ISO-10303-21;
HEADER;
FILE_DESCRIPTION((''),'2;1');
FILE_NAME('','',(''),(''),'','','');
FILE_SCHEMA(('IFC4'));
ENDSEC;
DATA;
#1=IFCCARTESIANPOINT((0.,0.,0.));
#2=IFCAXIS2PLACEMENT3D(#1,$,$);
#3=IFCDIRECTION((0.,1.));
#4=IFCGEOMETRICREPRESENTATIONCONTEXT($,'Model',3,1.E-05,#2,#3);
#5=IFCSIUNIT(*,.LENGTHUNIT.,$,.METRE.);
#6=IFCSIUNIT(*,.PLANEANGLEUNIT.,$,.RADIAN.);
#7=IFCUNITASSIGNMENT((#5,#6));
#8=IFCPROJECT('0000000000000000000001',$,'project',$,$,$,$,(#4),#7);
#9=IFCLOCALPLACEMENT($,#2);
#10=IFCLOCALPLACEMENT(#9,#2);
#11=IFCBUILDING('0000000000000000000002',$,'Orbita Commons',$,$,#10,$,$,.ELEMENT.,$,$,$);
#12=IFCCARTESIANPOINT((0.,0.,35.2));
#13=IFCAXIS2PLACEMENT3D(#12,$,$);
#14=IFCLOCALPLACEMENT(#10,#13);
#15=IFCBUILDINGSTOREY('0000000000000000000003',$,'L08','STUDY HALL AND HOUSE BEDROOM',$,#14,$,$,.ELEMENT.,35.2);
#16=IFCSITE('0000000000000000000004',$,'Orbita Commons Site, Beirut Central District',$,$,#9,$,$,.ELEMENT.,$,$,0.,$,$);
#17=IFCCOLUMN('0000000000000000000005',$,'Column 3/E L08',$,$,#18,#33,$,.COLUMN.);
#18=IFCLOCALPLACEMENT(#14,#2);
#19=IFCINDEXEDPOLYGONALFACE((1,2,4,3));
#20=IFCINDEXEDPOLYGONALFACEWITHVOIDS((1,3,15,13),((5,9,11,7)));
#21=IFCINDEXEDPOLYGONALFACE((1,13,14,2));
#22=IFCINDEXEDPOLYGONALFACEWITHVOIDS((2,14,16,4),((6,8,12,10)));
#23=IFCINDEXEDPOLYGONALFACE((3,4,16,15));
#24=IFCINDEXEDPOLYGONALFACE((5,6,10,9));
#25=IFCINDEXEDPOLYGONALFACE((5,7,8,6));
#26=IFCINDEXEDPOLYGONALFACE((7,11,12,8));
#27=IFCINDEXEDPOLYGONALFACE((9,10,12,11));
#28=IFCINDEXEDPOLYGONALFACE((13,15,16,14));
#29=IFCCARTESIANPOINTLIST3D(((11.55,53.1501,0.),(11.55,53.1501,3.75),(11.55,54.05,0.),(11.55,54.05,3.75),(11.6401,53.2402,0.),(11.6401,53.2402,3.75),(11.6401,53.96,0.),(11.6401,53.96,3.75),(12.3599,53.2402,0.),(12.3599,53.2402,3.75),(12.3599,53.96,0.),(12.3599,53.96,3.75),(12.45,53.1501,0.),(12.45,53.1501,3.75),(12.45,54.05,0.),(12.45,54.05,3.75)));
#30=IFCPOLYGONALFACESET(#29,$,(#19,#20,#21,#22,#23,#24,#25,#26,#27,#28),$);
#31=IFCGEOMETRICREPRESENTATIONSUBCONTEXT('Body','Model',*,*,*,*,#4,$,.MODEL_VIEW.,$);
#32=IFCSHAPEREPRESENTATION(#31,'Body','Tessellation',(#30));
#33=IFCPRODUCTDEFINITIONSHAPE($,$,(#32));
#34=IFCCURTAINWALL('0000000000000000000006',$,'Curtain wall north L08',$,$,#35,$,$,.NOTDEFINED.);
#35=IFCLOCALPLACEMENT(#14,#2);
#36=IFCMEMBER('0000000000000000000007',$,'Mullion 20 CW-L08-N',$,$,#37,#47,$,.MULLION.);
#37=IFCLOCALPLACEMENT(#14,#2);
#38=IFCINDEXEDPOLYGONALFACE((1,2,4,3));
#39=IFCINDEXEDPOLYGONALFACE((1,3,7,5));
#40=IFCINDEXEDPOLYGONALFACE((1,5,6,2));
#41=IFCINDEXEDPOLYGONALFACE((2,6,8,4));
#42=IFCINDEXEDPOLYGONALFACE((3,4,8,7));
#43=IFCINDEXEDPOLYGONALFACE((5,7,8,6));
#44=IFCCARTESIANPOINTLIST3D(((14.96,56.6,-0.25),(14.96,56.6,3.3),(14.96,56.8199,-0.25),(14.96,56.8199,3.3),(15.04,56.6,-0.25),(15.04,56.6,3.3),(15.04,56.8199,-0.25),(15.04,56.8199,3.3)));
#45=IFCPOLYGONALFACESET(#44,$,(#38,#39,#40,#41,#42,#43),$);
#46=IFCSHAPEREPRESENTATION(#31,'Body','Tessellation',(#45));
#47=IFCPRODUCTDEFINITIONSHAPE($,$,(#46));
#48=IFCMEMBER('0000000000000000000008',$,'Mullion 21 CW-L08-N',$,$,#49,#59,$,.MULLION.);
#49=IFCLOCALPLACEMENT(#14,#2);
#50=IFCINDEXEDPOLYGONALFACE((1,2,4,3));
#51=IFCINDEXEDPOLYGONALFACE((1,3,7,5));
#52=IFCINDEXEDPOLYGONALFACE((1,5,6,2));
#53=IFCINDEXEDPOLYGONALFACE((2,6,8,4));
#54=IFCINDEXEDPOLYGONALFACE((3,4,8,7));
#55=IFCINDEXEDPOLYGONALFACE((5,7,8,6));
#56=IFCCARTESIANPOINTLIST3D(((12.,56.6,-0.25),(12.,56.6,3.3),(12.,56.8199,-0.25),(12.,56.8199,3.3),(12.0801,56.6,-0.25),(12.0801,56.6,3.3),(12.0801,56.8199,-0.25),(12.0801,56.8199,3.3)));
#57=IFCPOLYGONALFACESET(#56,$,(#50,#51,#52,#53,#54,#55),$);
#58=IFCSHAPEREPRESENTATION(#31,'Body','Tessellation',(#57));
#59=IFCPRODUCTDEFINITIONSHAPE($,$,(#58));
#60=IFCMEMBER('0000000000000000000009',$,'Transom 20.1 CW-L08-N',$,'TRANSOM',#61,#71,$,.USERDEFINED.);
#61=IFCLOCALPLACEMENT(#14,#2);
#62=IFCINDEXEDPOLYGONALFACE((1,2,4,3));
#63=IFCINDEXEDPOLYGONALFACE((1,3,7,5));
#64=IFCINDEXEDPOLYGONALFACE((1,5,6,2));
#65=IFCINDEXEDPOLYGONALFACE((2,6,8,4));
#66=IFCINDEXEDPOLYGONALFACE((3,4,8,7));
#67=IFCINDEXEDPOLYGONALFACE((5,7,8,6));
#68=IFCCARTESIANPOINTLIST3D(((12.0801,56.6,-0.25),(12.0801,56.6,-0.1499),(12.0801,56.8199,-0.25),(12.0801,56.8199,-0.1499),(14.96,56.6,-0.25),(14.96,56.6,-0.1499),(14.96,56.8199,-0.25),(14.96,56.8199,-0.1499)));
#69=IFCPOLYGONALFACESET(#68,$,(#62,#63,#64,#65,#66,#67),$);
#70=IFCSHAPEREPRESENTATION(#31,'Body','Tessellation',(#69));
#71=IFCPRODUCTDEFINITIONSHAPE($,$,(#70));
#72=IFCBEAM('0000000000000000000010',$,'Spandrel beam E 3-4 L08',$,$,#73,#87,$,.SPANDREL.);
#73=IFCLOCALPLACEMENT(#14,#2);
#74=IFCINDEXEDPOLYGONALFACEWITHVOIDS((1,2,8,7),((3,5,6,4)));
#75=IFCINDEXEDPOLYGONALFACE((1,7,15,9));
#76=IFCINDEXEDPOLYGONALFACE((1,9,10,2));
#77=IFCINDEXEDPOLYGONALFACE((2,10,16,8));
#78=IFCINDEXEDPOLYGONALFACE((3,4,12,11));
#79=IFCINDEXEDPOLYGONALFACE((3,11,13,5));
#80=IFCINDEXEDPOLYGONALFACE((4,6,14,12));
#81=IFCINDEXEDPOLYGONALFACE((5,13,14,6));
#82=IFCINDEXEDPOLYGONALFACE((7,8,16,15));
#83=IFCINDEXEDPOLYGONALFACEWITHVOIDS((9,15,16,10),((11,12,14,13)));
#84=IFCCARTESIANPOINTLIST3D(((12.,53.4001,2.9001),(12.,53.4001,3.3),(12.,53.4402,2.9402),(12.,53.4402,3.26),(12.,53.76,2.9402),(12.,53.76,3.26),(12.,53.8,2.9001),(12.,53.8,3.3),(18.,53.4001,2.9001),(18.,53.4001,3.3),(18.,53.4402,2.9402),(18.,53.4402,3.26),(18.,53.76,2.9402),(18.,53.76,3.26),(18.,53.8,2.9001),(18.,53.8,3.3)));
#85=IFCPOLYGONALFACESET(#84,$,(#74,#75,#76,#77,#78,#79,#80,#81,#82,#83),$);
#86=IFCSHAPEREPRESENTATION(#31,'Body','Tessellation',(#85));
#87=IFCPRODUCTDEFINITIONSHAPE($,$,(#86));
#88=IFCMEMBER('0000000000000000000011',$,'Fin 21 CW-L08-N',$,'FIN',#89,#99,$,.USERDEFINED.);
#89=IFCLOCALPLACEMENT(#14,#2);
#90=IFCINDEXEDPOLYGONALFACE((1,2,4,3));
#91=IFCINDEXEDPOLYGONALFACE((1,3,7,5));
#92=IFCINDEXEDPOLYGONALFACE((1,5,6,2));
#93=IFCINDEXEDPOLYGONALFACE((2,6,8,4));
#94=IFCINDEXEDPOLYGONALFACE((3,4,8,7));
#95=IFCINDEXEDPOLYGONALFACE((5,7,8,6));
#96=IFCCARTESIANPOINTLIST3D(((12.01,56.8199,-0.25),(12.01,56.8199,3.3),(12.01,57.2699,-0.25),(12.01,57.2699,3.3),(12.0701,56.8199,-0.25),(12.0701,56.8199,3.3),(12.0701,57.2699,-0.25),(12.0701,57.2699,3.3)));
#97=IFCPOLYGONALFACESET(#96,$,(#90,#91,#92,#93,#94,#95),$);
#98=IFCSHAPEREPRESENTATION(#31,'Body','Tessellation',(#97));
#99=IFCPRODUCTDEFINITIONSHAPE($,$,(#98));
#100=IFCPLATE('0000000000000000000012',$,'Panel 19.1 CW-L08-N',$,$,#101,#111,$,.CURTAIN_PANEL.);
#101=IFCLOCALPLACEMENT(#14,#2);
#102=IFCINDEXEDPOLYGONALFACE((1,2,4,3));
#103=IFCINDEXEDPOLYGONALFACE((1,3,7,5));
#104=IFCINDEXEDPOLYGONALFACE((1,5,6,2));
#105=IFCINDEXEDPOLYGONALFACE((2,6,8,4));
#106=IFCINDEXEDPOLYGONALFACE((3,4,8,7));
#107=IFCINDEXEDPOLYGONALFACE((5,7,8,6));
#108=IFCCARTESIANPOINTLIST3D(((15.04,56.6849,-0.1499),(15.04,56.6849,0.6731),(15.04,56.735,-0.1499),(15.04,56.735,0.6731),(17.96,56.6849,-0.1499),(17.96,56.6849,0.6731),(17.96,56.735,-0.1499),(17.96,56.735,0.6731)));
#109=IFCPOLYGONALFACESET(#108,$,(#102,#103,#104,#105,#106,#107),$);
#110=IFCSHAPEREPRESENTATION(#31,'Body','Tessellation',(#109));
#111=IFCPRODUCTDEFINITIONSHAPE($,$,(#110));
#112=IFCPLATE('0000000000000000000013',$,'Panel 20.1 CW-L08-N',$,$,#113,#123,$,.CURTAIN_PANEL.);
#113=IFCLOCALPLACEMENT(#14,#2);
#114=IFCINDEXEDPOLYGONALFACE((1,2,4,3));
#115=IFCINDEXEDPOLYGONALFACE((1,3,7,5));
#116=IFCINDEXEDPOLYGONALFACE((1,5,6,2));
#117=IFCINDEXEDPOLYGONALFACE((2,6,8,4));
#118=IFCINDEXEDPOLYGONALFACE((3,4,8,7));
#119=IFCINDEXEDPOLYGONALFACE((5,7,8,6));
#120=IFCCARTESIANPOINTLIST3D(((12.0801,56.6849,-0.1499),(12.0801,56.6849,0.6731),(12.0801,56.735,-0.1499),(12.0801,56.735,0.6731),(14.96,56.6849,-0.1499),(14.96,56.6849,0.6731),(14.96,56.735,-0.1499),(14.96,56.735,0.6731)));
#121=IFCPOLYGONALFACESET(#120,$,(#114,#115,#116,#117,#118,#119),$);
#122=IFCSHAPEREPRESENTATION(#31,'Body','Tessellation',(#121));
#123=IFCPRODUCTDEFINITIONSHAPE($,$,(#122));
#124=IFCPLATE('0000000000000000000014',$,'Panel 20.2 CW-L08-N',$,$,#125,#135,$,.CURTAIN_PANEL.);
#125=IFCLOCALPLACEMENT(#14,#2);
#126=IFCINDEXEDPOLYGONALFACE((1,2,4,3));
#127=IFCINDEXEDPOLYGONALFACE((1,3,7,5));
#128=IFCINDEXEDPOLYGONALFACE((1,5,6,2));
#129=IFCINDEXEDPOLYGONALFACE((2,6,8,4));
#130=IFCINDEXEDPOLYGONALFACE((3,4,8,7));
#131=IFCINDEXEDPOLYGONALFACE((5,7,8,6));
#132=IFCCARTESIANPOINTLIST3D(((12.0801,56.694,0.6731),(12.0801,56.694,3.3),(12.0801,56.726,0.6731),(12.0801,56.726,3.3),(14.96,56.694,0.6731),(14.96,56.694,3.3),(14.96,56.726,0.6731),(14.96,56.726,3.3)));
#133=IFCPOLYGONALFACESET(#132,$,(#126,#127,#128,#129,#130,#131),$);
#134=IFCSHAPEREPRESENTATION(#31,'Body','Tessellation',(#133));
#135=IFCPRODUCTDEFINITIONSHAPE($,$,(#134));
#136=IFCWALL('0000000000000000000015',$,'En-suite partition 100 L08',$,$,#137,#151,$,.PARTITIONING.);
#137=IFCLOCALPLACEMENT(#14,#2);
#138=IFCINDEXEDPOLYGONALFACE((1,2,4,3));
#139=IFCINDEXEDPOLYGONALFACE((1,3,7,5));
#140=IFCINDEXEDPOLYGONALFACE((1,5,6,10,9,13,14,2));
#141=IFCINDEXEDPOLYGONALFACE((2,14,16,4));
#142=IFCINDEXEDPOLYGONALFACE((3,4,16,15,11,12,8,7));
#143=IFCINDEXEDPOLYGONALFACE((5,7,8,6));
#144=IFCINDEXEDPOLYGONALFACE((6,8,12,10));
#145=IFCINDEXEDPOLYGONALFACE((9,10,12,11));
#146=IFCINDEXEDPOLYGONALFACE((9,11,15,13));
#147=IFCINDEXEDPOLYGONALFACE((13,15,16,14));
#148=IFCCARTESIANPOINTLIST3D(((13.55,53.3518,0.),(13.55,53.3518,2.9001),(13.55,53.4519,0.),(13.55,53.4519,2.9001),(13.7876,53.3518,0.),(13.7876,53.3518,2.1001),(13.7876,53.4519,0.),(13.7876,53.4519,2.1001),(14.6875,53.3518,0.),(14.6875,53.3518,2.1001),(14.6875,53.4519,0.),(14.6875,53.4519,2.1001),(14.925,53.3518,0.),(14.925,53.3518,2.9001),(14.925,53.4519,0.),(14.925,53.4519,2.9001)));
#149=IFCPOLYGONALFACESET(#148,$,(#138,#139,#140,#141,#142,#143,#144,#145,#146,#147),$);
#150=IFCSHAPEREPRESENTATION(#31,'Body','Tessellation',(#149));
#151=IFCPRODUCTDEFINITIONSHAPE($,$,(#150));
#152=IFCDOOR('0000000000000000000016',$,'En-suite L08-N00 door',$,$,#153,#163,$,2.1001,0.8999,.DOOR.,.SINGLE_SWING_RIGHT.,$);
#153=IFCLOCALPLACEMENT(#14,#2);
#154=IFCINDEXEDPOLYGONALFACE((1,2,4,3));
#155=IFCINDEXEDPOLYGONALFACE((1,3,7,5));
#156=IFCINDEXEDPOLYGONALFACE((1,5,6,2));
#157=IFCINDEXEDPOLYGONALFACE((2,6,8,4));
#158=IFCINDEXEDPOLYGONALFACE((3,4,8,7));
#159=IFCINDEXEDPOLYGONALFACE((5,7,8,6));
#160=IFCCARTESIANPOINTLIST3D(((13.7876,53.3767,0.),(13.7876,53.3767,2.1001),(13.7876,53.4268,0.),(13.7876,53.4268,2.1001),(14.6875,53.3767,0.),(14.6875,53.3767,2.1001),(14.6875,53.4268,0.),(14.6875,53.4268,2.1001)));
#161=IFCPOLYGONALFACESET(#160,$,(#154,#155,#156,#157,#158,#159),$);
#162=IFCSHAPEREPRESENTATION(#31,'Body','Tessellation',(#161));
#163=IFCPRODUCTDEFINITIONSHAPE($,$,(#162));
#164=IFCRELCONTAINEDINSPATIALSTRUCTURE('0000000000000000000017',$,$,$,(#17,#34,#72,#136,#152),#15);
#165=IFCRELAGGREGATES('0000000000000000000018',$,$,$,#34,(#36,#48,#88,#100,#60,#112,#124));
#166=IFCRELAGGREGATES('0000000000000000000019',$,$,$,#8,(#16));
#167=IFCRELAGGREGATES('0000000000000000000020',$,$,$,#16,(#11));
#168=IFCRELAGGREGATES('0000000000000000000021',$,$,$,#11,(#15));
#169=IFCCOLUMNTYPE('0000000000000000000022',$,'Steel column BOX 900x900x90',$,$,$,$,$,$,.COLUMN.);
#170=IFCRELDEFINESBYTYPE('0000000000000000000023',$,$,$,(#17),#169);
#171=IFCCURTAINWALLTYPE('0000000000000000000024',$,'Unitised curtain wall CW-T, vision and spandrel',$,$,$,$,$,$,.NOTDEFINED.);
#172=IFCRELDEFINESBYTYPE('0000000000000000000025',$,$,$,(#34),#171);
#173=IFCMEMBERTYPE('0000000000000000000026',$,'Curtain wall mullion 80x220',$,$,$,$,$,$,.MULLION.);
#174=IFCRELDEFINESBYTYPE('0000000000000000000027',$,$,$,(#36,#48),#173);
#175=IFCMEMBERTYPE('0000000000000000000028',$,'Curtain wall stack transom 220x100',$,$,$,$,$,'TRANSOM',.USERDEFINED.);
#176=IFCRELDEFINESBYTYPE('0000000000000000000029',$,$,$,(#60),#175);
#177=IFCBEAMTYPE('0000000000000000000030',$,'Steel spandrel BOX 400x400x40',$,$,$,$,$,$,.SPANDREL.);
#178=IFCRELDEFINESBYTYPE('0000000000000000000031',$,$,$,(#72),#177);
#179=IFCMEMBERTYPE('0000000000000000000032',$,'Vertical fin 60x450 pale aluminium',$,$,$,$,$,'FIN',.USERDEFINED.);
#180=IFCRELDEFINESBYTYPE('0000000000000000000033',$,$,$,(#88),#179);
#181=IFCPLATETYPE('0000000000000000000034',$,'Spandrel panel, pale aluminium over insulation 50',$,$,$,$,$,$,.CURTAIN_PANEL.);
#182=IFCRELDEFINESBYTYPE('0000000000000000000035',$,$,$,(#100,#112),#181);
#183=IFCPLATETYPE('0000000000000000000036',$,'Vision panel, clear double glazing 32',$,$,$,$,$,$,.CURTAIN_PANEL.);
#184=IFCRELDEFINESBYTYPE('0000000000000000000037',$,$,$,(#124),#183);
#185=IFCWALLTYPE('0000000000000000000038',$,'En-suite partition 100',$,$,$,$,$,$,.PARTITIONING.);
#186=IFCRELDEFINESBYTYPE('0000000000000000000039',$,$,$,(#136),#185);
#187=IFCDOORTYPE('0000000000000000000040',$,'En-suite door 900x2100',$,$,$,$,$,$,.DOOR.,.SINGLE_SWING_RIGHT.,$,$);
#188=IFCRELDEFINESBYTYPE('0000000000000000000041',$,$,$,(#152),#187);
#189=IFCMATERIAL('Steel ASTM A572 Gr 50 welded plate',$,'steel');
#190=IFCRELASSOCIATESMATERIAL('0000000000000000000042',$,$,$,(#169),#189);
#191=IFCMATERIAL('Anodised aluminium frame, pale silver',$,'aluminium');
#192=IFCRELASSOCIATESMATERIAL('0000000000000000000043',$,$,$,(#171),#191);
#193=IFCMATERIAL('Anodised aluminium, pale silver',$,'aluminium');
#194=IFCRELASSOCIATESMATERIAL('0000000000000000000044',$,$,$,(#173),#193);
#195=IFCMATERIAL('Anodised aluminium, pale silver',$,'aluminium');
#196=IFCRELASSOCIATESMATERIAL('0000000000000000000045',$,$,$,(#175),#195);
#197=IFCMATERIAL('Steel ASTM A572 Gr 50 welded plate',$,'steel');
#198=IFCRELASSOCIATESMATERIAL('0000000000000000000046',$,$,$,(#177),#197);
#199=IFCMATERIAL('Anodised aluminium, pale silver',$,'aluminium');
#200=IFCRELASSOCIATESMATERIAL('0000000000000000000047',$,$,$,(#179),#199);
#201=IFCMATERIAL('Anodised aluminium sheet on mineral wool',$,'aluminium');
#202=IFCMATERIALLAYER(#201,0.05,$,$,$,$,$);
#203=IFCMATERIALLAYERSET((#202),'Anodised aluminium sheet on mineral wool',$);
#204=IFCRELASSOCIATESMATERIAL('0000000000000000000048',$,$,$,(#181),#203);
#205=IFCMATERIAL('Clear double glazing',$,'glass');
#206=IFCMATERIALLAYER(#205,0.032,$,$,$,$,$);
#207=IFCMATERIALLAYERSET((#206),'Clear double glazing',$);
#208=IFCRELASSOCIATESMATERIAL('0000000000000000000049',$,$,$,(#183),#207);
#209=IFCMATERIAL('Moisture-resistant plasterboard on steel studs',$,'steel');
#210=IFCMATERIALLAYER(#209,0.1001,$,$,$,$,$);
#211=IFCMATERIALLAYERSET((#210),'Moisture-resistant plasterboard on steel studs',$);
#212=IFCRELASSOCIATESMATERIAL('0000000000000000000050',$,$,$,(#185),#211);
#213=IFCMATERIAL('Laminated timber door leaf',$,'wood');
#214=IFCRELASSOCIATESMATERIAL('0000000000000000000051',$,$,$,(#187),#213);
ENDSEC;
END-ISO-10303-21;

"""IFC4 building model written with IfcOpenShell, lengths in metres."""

from ifc_helpers import new_model, si_unit, direction, frame, frame_2d, origin, origin_2d, place, context, subcontext, project, spatial, polyline, rectangle, hollow_rectangle, outline, extrude, material, layer, layer_set, material_profile, profile_set, type_object, element, fill, aggregate, save


model = new_model("IFC4")

# Units and contexts
model_context = context("Model", 3, precision=1e-05, world=origin(), true_north=direction((0.0, 1.0)))
body_context = subcontext(model_context, "Body", "Model", "MODEL_VIEW")
ifc_project = project(units=[si_unit("LENGTHUNIT", "METRE"), si_unit("PLANEANGLEUNIT", "RADIAN")], contexts=[model_context])

# Site, building, storey
site_placement = place(None, origin())
site = spatial("IfcSite", under=ifc_project, at=site_placement, Name="Orbita Commons Site, Beirut Central District", CompositionType="ELEMENT", RefElevation=0.0)
building_placement = place(site_placement, origin())
building = spatial("IfcBuilding", under=site, at=building_placement, Name="Orbita Commons", CompositionType="ELEMENT")
storey_placement = place(building_placement, frame((0.0, 0.0, 35.2)))
storey = spatial("IfcBuildingStorey", under=building, at=storey_placement, Name="L08", Description="STUDY HALL AND HOUSE BEDROOM", CompositionType="ELEMENT", Elevation=35.2)

# Column
ifc_material_1 = material(Name="Steel ASTM A572 Gr 50 welded plate", Category="steel")
ifc_material_profile_1 = material_profile(ifc_material_1, hollow_rectangle(XDim=0.8999, YDim=0.8999, WallThickness=0.0901, at=origin_2d()), Name="BOX 900x900x90")
ifc_profile_set_1 = profile_set([ifc_material_profile_1], Name="Steel ASTM A572 Gr 50 welded plate")
column_type = type_object("IfcColumnType", Name="Steel column BOX 900x900x90", PredefinedType="COLUMN", material=ifc_profile_set_1)
column_placement = place(storey_placement, frame((12.0, 53.6001, 0.0), z_axis=(0.0, 0.0, 1.0), x_axis=(1.0, 0.0, 0.0)))
element("IfcColumn", 1, at=column_placement, inside=storey, type_object=column_type, Name="Column 3/E L08", PredefinedType="COLUMN", context=body_context, shape_type="SweptSolid", body=[
    extrude(hollow_rectangle(XDim=0.8999, YDim=0.8999, WallThickness=0.0901, at=origin_2d()), origin(), (0.0, 0.0, 1.0), 3.75),
])

# Curtain wall, members
ifc_material_2 = material(Name="Anodised aluminium frame, pale silver", Category="aluminium")
curtain_wall_type = type_object("IfcCurtainWallType", Name="Unitised curtain wall CW-T, vision and spandrel", PredefinedType="NOTDEFINED", material=ifc_material_2)
curtain_wall_placement = place(storey_placement, origin())
curtain_wall = element("IfcCurtainWall", 2, at=curtain_wall_placement, inside=storey, type_object=curtain_wall_type, Name="Curtain wall north L08", PredefinedType="NOTDEFINED")
ifc_material_3 = material(Name="Anodised aluminium, pale silver", Category="aluminium")
ifc_material_profile_2 = material_profile(ifc_material_3, rectangle(XDim=0.0801, YDim=0.22, at=origin_2d()), Name="AL 80x220")
ifc_profile_set_2 = profile_set([ifc_material_profile_2], Name="Anodised aluminium, pale silver")
member_type_1 = type_object("IfcMemberType", Name="Curtain wall mullion 80x220", PredefinedType="MULLION", material=ifc_profile_set_2)
member_1_placement = place(storey_placement, frame((15.0, 56.71, -0.25), z_axis=(0.0, 0.0, 1.0), x_axis=(-1.0, 0.0, 0.0)))
member_1 = element("IfcMember", 3, at=member_1_placement, type_object=member_type_1, Name="Mullion 20 CW-L08-N", PredefinedType="MULLION", context=body_context, shape_type="SweptSolid", body=[
    extrude(rectangle(XDim=0.0801, YDim=0.22, at=origin_2d()), origin(), (0.0, 0.0, 1.0), 3.55),
])
member_2_placement = place(storey_placement, frame((12.04, 56.71, -0.25), z_axis=(0.0, 0.0, 1.0), x_axis=(-1.0, 0.0, 0.0)))
member_2 = element("IfcMember", 4, at=member_2_placement, type_object=member_type_1, Name="Mullion 21 CW-L08-N", PredefinedType="MULLION", context=body_context, shape_type="SweptSolid", body=[
    extrude(rectangle(XDim=0.0801, YDim=0.22, at=origin_2d()), origin(), (0.0, 0.0, 1.0), 3.55),
])
ifc_material_4 = material(Name="Anodised aluminium, pale silver", Category="aluminium")
ifc_material_profile_3 = material_profile(ifc_material_4, rectangle(XDim=0.22, YDim=0.1001, at=origin_2d()), Name="AL 220x100")
ifc_profile_set_3 = profile_set([ifc_material_profile_3], Name="Anodised aluminium, pale silver")
member_type_2 = type_object("IfcMemberType", Name="Curtain wall stack transom 220x100", ElementType="TRANSOM", PredefinedType="USERDEFINED", material=ifc_profile_set_3)
member_3_placement = place(storey_placement, frame((14.96, 56.71, -0.2), z_axis=(-1.0, 0.0, 0.0), x_axis=(0.0, -1.0, 0.0)))
member_3 = element("IfcMember", 5, at=member_3_placement, type_object=member_type_2, Name="Transom 20.1 CW-L08-N", ObjectType="TRANSOM", PredefinedType="USERDEFINED", context=body_context, shape_type="SweptSolid", body=[
    extrude(rectangle(XDim=0.22, YDim=0.1001, at=origin_2d()), origin(), (0.0, 0.0, 1.0), 2.8799),
])

# Beam
ifc_material_5 = material(Name="Steel ASTM A572 Gr 50 welded plate", Category="steel")
ifc_material_profile_4 = material_profile(ifc_material_5, hollow_rectangle(XDim=0.3999, YDim=0.3999, WallThickness=0.04, at=origin_2d()), Name="BOX 400x400x40")
ifc_profile_set_4 = profile_set([ifc_material_profile_4], Name="Steel ASTM A572 Gr 50 welded plate")
beam_type = type_object("IfcBeamType", Name="Steel spandrel BOX 400x400x40", PredefinedType="SPANDREL", material=ifc_profile_set_4)
beam_placement = place(storey_placement, frame((12.0, 53.6001, 3.1001), z_axis=(1.0, 0.0, 0.0), x_axis=(0.0, 1.0, 0.0)))
element("IfcBeam", 6, at=beam_placement, inside=storey, type_object=beam_type, Name="Spandrel beam E 3-4 L08", PredefinedType="SPANDREL", context=body_context, shape_type="SweptSolid", body=[
    extrude(hollow_rectangle(XDim=0.3999, YDim=0.3999, WallThickness=0.04, at=origin_2d()), origin(), (0.0, 0.0, 1.0), 6.0),
])

# Member
ifc_material_6 = material(Name="Anodised aluminium, pale silver", Category="aluminium")
ifc_material_profile_5 = material_profile(ifc_material_6, rectangle(XDim=0.0601, YDim=0.45, at=origin_2d()), Name="FIN 60x450")
ifc_profile_set_5 = profile_set([ifc_material_profile_5], Name="Anodised aluminium, pale silver")
member_type_3 = type_object("IfcMemberType", Name="Vertical fin 60x450 pale aluminium", ElementType="FIN", PredefinedType="USERDEFINED", material=ifc_profile_set_5)
member_4_placement = place(storey_placement, frame((12.04, 57.0449, -0.25), z_axis=(0.0, 0.0, 1.0), x_axis=(-1.0, 0.0, 0.0)))
member_4 = element("IfcMember", 7, at=member_4_placement, type_object=member_type_3, Name="Fin 21 CW-L08-N", ObjectType="FIN", PredefinedType="USERDEFINED", context=body_context, shape_type="SweptSolid", body=[
    extrude(rectangle(XDim=0.0601, YDim=0.45, at=origin_2d()), origin(), (0.0, 0.0, 1.0), 3.55),
])

# Plates
ifc_material_7 = material(Name="Anodised aluminium sheet on mineral wool", Category="aluminium")
ifc_layer_1 = layer(ifc_material_7, 0.05)
ifc_layer_set_1 = layer_set([ifc_layer_1], Name="Anodised aluminium sheet on mineral wool")
plate_type_1 = type_object("IfcPlateType", Name="Spandrel panel, pale aluminium over insulation 50", PredefinedType="CURTAIN_PANEL", material=ifc_layer_set_1)
plate_1_placement = place(storey_placement, frame((16.5, 56.71, -0.1499), z_axis=(0.0, 0.0, 1.0), x_axis=(-1.0, 0.0, 0.0)))
plate_1 = element("IfcPlate", 8, at=plate_1_placement, type_object=plate_type_1, Name="Panel 19.1 CW-L08-N", PredefinedType="CURTAIN_PANEL", context=body_context, shape_type="SweptSolid", body=[
    extrude(rectangle(XDim=2.9199, YDim=0.05, at=origin_2d()), origin(), (0.0, 0.0, 1.0), 0.823),
])
plate_2_placement = place(storey_placement, frame((13.52, 56.71, -0.1499), z_axis=(0.0, 0.0, 1.0), x_axis=(-1.0, 0.0, 0.0)))
plate_2 = element("IfcPlate", 9, at=plate_2_placement, type_object=plate_type_1, Name="Panel 20.1 CW-L08-N", PredefinedType="CURTAIN_PANEL", context=body_context, shape_type="SweptSolid", body=[
    extrude(rectangle(XDim=2.8799, YDim=0.05, at=origin_2d()), origin(), (0.0, 0.0, 1.0), 0.823),
])
ifc_material_8 = material(Name="Clear double glazing", Category="glass")
ifc_layer_2 = layer(ifc_material_8, 0.032)
ifc_layer_set_2 = layer_set([ifc_layer_2], Name="Clear double glazing")
plate_type_2 = type_object("IfcPlateType", Name="Vision panel, clear double glazing 32", PredefinedType="CURTAIN_PANEL", material=ifc_layer_set_2)
plate_3_placement = place(storey_placement, frame((13.52, 56.71, 0.6731), z_axis=(0.0, 0.0, 1.0), x_axis=(-1.0, 0.0, 0.0)))
plate_3 = element("IfcPlate", 10, at=plate_3_placement, type_object=plate_type_2, Name="Panel 20.2 CW-L08-N", PredefinedType="CURTAIN_PANEL", context=body_context, shape_type="SweptSolid", body=[
    extrude(rectangle(XDim=2.8799, YDim=0.032, at=origin_2d()), origin(), (0.0, 0.0, 1.0), 2.627),
])
aggregate(curtain_wall, [member_1, member_2, member_4, plate_1, member_3, plate_2, plate_3])

# Wall, opening, door
ifc_material_9 = material(Name="Moisture-resistant plasterboard on steel studs", Category="steel")
ifc_layer_3 = layer(ifc_material_9, 0.1001)
ifc_layer_set_3 = layer_set([ifc_layer_3], Name="Moisture-resistant plasterboard on steel studs")
wall_type_1 = type_object("IfcWallType", Name="En-suite partition 100", PredefinedType="PARTITIONING", material=ifc_layer_set_3)
wall_1_placement = place(storey_placement, frame((13.55, 53.4019, 0.0), z_axis=(0.0, 0.0, 1.0), x_axis=(1.0, 0.0, 0.0)))
wall_1 = element("IfcWall", 11, at=wall_1_placement, inside=storey, type_object=wall_type_1, Name="En-suite partition 100 L08", PredefinedType="PARTITIONING", context=body_context, shape_type="SweptSolid", body=[
    extrude(outline(polyline([(0.0, 0.0), (1.375, 0.0), (1.375, 2.9001), (0.0, 2.9001), (0.0, 0.0)])), frame((0.0, 0.05, 0.0), z_axis=(0.0, -1.0, 0.0), x_axis=(1.0, 0.0, 0.0)), (0.0, 0.0, 1.0), 0.1001),
])
opening_1_placement = place(wall_1_placement, frame((0.2375, 0.0, 0.0)))
opening_1 = element("IfcOpeningElement", 12, at=opening_1_placement, cuts=wall_1, PredefinedType="OPENING", context=body_context, shape_type="SweptSolid", body=[
    extrude(rectangle(XDim=0.8999, YDim=2.1001, at=frame_2d((0.45, 1.05))), frame((0.0, 0.0601, 0.0), z_axis=(0.0, -1.0, 0.0), x_axis=(1.0, 0.0, 0.0)), (0.0, 0.0, 1.0), 0.1201),
])
ifc_material_10 = material(Name="Laminated timber door leaf", Category="wood")
door_type = type_object("IfcDoorType", Name="En-suite door 900x2100", OperationType="SINGLE_SWING_RIGHT", PredefinedType="DOOR", material=ifc_material_10)
door_1_placement = place(opening_1_placement, origin())
door_1 = element("IfcDoor", 13, at=door_1_placement, inside=storey, type_object=door_type, Name="En-suite L08-N00 door", OperationType="SINGLE_SWING_RIGHT", OverallHeight=2.1001, OverallWidth=0.8999, PredefinedType="DOOR", context=body_context, shape_type="SweptSolid", body=[
    extrude(rectangle(XDim=0.8999, YDim=2.1001, at=frame_2d((0.45, 1.05))), frame((0.0, 0.0249, 0.0), z_axis=(0.0, -1.0, 0.0), x_axis=(1.0, 0.0, 0.0)), (0.0, 0.0, 1.0), 0.05),
])
fill(opening_1, door_1)

save(model, "model.ifc")
